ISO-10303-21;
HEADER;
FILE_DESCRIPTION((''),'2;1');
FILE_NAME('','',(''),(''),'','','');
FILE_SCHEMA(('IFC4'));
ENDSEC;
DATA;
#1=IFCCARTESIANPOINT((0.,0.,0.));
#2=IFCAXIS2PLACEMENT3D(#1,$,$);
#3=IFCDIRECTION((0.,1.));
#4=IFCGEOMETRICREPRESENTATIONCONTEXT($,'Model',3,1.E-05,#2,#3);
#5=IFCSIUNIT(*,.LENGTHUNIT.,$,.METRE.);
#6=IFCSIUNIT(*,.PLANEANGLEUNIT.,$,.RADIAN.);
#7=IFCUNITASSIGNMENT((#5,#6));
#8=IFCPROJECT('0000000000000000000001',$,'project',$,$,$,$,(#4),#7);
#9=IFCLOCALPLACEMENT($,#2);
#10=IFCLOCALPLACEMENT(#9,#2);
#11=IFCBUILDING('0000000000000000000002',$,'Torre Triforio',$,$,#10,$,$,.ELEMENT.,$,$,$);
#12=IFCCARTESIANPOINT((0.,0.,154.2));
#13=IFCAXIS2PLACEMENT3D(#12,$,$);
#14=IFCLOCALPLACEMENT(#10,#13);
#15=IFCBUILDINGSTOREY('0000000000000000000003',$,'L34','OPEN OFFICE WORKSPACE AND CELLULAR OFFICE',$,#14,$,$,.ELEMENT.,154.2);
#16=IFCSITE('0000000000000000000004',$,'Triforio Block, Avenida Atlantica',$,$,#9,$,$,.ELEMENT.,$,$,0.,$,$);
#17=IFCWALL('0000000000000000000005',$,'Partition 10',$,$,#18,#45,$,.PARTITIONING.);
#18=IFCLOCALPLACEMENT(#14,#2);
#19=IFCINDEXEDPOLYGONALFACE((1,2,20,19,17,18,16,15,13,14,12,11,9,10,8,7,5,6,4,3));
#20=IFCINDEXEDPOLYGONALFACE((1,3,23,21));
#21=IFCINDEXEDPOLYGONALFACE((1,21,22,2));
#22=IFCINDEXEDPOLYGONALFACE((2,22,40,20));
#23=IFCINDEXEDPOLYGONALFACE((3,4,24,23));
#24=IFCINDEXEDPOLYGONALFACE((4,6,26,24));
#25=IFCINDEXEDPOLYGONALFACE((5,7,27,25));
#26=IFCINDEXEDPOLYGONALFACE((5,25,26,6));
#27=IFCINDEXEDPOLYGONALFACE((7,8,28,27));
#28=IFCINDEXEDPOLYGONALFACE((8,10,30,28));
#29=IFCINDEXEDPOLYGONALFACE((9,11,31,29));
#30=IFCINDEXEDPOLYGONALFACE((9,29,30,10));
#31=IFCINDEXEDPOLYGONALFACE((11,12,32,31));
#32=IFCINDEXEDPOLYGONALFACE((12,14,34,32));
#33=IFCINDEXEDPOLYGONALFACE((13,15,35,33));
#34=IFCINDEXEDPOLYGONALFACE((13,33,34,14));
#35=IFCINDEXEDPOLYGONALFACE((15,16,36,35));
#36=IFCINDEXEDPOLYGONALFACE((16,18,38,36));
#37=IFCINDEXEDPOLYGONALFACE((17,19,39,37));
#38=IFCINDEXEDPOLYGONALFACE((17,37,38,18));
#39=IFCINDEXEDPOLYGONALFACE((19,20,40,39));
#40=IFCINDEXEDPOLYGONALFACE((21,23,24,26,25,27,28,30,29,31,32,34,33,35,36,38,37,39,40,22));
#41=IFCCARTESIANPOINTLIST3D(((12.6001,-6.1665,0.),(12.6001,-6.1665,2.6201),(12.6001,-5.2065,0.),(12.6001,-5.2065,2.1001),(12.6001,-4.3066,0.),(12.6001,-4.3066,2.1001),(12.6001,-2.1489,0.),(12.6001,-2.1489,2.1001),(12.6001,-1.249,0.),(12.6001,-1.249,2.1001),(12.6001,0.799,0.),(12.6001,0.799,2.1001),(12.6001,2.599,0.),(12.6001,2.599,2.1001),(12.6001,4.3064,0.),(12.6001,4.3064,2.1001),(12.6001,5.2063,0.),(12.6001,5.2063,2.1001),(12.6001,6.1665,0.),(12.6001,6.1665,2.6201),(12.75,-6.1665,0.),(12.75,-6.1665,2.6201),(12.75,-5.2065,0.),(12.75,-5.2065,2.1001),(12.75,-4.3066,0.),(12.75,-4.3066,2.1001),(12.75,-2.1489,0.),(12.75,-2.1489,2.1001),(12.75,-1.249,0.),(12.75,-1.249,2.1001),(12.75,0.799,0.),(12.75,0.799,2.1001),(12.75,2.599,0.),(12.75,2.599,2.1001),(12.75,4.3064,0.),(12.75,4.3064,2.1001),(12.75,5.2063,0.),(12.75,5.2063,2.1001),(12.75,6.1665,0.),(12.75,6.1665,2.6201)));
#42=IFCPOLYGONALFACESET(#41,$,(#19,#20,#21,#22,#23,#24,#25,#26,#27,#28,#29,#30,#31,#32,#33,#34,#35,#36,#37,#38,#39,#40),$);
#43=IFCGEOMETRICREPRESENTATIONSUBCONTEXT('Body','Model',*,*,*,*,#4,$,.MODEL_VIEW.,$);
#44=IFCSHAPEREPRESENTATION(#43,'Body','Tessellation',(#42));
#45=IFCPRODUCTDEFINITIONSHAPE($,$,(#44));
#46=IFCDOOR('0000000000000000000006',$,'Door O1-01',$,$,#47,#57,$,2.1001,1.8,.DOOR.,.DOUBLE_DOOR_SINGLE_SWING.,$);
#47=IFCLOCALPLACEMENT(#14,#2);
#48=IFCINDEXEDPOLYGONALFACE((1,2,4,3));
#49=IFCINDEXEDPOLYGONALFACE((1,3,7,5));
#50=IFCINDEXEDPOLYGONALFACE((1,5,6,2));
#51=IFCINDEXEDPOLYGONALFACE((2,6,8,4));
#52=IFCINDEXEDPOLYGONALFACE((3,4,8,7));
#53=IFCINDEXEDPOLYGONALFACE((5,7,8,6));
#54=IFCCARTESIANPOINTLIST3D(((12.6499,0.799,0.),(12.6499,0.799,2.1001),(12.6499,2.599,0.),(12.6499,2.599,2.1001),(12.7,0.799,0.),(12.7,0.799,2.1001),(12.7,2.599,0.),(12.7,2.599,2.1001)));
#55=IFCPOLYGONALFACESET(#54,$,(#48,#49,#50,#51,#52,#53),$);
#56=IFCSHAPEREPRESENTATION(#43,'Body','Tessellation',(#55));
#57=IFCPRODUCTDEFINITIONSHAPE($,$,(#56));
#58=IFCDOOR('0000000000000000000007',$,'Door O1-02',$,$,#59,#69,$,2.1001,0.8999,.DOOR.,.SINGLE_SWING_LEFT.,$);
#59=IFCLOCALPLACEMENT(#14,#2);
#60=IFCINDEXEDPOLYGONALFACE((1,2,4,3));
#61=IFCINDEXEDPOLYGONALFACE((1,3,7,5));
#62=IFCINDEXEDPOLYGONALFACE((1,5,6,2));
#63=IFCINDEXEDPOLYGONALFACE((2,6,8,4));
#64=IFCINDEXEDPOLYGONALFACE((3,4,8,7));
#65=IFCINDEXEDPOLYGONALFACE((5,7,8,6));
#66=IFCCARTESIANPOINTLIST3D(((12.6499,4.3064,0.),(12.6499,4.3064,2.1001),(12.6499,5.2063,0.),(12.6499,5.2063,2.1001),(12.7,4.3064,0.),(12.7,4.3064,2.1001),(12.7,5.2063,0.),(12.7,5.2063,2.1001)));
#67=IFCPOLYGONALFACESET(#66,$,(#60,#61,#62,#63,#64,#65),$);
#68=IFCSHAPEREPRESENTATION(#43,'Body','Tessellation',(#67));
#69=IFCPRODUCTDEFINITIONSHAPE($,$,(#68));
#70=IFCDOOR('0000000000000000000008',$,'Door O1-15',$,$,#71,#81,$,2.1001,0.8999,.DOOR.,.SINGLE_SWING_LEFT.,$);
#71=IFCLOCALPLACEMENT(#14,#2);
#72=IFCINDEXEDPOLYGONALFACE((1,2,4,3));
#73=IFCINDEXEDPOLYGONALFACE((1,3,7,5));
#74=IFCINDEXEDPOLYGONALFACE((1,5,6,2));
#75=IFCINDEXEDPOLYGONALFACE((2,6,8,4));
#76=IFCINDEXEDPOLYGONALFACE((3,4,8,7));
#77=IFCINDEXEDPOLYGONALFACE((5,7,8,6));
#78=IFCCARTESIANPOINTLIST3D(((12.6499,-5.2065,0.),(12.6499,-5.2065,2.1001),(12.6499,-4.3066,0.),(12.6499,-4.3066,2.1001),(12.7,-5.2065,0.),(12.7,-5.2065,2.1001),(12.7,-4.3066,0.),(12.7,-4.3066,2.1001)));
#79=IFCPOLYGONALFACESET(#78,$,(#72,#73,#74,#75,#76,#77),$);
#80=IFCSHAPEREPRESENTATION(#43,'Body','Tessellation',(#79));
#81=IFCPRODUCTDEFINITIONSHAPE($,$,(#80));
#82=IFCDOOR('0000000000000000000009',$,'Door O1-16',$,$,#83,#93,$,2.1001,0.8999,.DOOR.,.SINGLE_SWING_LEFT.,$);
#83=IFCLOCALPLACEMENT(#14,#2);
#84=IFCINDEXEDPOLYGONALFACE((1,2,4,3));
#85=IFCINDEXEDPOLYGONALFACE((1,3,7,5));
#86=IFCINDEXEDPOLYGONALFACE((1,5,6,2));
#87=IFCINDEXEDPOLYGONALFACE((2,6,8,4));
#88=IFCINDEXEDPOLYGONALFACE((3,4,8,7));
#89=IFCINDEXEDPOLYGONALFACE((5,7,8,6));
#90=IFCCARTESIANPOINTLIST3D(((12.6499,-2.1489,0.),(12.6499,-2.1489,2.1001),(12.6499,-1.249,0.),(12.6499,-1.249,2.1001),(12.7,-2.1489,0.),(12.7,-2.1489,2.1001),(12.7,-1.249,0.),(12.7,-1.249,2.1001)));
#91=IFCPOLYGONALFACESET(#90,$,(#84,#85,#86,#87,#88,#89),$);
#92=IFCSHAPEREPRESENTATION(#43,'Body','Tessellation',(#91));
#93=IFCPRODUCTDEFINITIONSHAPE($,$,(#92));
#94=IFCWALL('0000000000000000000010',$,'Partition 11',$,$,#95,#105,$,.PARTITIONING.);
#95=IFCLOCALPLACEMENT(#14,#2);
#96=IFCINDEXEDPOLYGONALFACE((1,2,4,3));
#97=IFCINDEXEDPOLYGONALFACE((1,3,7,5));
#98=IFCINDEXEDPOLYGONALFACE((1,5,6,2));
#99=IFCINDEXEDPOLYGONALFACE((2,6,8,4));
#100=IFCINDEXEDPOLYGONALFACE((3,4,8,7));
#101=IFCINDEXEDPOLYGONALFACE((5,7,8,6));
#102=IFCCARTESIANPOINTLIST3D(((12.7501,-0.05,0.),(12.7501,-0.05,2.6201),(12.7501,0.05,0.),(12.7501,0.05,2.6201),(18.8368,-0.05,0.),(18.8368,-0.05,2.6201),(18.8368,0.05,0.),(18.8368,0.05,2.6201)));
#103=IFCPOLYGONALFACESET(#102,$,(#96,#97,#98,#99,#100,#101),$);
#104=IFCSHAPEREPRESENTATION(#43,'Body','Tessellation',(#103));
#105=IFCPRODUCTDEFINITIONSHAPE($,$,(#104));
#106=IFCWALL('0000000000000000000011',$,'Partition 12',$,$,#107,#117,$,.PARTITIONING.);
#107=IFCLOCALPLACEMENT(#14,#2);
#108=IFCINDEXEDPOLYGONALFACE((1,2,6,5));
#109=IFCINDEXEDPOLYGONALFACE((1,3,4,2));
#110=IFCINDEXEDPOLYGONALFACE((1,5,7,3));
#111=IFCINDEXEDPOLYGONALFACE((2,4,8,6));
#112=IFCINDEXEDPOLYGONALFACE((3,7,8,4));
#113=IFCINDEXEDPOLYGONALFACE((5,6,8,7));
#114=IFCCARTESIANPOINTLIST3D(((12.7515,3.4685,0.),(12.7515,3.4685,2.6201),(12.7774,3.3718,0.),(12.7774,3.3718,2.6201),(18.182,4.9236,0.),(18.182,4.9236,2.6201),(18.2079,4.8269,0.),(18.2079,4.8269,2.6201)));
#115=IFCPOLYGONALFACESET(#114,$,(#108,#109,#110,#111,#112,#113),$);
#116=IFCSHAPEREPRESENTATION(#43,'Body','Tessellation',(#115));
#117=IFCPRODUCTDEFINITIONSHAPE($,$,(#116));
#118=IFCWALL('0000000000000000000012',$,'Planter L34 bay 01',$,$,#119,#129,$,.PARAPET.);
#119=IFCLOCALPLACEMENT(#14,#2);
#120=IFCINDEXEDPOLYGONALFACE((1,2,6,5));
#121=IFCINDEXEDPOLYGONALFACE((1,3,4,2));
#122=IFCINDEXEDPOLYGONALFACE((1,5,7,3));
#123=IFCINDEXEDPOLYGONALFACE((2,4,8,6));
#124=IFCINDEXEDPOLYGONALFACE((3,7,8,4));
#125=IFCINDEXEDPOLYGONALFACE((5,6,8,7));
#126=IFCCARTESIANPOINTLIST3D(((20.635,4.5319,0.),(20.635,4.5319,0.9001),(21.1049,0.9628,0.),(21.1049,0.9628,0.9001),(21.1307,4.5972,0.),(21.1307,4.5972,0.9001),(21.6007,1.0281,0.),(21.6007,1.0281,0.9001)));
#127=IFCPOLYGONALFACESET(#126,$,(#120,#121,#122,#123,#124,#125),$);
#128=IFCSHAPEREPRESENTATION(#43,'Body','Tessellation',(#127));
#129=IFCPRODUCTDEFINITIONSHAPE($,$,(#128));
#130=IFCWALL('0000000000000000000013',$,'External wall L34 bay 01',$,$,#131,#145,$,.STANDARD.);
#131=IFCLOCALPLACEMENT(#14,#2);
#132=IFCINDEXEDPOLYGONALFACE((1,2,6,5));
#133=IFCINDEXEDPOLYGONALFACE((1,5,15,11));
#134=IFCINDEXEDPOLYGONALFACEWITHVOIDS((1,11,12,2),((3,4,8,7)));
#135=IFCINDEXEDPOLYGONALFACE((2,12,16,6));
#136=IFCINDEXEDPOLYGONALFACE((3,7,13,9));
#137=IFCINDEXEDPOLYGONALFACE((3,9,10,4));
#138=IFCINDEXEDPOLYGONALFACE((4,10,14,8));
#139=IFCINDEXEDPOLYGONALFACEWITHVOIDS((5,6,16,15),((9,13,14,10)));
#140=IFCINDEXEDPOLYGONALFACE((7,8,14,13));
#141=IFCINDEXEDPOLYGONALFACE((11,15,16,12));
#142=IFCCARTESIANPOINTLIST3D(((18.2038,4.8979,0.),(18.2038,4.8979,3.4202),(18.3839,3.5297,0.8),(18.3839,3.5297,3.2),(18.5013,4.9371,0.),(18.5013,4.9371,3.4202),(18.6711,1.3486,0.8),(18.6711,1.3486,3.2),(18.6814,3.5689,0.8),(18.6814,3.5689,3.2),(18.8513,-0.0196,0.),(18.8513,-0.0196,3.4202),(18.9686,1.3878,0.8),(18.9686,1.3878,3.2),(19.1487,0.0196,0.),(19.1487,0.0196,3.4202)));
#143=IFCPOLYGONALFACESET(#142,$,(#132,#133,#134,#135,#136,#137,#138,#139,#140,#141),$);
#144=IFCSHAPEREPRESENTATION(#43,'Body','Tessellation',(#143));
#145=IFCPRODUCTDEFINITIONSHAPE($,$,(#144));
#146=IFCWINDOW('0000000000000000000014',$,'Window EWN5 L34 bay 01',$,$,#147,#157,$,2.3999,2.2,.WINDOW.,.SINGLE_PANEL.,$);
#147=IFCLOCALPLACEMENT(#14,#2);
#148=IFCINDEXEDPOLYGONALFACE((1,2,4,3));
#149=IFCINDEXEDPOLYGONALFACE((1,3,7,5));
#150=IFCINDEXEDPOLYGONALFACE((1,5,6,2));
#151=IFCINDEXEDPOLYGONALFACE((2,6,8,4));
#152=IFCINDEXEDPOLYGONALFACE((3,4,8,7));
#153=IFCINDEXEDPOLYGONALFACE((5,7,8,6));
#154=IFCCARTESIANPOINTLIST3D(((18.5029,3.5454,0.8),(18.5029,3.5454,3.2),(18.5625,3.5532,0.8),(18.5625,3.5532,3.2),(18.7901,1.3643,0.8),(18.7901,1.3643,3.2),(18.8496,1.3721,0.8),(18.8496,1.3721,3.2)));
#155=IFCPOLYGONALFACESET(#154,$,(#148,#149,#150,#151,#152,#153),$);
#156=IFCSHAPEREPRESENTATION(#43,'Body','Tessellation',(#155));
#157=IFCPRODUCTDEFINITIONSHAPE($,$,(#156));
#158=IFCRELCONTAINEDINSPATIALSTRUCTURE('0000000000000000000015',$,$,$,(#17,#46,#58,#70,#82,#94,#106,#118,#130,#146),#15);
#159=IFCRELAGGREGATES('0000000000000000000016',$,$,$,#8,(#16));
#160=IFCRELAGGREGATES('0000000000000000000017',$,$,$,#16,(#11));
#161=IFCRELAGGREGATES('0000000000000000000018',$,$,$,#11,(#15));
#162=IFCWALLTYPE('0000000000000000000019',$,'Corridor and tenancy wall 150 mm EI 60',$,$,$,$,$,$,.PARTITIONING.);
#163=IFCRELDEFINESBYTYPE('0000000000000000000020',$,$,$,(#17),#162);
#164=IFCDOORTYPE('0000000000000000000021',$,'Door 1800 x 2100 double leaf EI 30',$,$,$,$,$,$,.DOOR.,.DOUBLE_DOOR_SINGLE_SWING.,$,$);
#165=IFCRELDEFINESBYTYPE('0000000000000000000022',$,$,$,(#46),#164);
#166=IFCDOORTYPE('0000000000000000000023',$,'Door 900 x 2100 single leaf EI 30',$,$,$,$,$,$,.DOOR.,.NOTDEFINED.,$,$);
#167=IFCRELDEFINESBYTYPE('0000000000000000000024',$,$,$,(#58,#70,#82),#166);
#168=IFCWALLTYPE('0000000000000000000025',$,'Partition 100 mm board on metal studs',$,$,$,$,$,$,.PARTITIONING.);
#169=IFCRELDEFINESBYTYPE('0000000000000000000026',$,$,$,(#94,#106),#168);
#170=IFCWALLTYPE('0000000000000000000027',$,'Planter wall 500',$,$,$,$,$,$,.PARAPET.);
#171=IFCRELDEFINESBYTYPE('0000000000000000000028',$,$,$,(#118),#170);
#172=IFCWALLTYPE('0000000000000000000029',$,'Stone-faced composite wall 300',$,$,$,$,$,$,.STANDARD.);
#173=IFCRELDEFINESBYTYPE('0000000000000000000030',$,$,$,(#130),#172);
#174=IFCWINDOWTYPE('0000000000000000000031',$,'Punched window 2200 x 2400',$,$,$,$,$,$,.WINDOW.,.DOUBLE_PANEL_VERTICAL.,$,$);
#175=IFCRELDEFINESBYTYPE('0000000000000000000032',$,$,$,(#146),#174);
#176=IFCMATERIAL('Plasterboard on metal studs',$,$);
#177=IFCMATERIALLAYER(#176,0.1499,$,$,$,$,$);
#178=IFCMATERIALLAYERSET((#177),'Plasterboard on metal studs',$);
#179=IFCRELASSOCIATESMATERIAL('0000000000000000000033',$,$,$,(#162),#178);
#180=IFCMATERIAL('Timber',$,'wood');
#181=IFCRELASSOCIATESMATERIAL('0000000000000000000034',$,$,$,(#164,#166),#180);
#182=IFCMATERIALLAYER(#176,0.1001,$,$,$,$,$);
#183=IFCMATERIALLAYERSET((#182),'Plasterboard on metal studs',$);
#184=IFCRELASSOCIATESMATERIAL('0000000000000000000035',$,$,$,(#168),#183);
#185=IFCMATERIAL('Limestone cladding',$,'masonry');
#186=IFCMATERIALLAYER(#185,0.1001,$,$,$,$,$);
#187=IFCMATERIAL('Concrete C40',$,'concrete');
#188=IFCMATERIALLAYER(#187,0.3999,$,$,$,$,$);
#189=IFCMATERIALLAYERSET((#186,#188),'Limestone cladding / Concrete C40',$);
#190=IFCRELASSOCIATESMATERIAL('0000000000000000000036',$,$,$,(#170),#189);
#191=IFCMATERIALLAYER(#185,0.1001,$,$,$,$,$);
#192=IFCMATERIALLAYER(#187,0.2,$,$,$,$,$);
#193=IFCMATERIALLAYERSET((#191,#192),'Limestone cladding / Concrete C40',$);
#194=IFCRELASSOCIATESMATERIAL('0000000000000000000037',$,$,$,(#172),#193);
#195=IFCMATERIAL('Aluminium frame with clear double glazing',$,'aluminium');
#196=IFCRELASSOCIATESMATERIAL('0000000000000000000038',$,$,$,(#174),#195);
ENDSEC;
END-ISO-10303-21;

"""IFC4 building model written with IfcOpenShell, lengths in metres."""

from ifc_helpers import new_model, si_unit, direction, frame, frame_2d, origin, place, context, subcontext, project, spatial, rectangle, extrude, material, layer, layer_set, type_object, element, fill, save


model = new_model("IFC4")

# Units and contexts
model_context = context("Model", 3, precision=1e-05, world=origin(), true_north=direction((0.0, 1.0)))
body_context = subcontext(model_context, "Body", "Model", "MODEL_VIEW")
ifc_project = project(units=[si_unit("LENGTHUNIT", "METRE"), si_unit("PLANEANGLEUNIT", "RADIAN")], contexts=[model_context])

# Site, building, storey
site_placement = place(None, origin())
site = spatial("IfcSite", under=ifc_project, at=site_placement, Name="Triforio Block, Avenida Atlantica", CompositionType="ELEMENT", RefElevation=0.0)
building_placement = place(site_placement, origin())
building = spatial("IfcBuilding", under=site, at=building_placement, Name="Torre Triforio", CompositionType="ELEMENT")
storey_placement = place(building_placement, frame((0.0, 0.0, 154.2)))
storey = spatial("IfcBuildingStorey", under=building, at=storey_placement, Name="L34", Description="OPEN OFFICE WORKSPACE AND CELLULAR OFFICE", CompositionType="ELEMENT", Elevation=154.2)

# Shared definitions
ifc_material_1 = material(Name="Concrete C40", Category="concrete")

# Wall, openings, doors
ifc_material_2 = material(Name="Plasterboard on metal studs")
ifc_layer_1 = layer(ifc_material_2, 0.1499)
ifc_layer_set_1 = layer_set([ifc_layer_1], Name="Plasterboard on metal studs")
wall_type_1 = type_object("IfcWallType", Name="Corridor and tenancy wall 150 mm EI 60", PredefinedType="PARTITIONING", material=ifc_layer_set_1)
wall_1_placement = place(storey_placement, frame((12.675, 6.1665, 0.0), z_axis=(0.0, 0.0, 1.0), x_axis=(0.0, -1.0, 0.0)))
wall_1 = element("IfcWall", 1, at=wall_1_placement, inside=storey, type_object=wall_type_1, Name="Partition 10", PredefinedType="PARTITIONING", context=body_context, shape_type="SweptSolid", body=[
    extrude(rectangle(XDim=12.333, YDim=0.1499, at=frame_2d((6.1665, 0.0))), origin(), (0.0, 0.0, 1.0), 2.6201),
])
opening_1_placement = place(wall_1_placement, frame((3.5676, 0.0, 0.0)))
opening_1 = element("IfcOpeningElement", 2, at=opening_1_placement, cuts=wall_1, PredefinedType="OPENING", context=body_context, shape_type="SweptSolid", body=[
    extrude(rectangle(XDim=1.8, YDim=2.1001, at=frame_2d((0.8999, 1.05))), frame((0.0, 0.085, 0.0), z_axis=(0.0, -1.0, 0.0), x_axis=(1.0, 0.0, 0.0)), (0.0, 0.0, 1.0), 0.1699),
])
opening_2_placement = place(wall_1_placement, frame((0.9602, 0.0, 0.0)))
opening_2 = element("IfcOpeningElement", 3, at=opening_2_placement, cuts=wall_1, PredefinedType="OPENING", context=body_context, shape_type="SweptSolid", body=[
    extrude(rectangle(XDim=0.8999, YDim=2.1001, at=frame_2d((0.45, 1.05))), frame((0.0, 0.085, 0.0), z_axis=(0.0, -1.0, 0.0), x_axis=(1.0, 0.0, 0.0)), (0.0, 0.0, 1.0), 0.1699),
])
opening_3_placement = place(wall_1_placement, frame((10.4731, 0.0, 0.0)))
opening_3 = element("IfcOpeningElement", 4, at=opening_3_placement, cuts=wall_1, PredefinedType="OPENING", context=body_context, shape_type="SweptSolid", body=[
    extrude(rectangle(XDim=0.8999, YDim=2.1001, at=frame_2d((0.45, 1.05))), frame((0.0, 0.085, 0.0), z_axis=(0.0, -1.0, 0.0), x_axis=(1.0, 0.0, 0.0)), (0.0, 0.0, 1.0), 0.1699),
])
opening_4_placement = place(wall_1_placement, frame((7.4155, 0.0, 0.0)))
opening_4 = element("IfcOpeningElement", 5, at=opening_4_placement, cuts=wall_1, PredefinedType="OPENING", context=body_context, shape_type="SweptSolid", body=[
    extrude(rectangle(XDim=0.8999, YDim=2.1001, at=frame_2d((0.45, 1.05))), frame((0.0, 0.085, 0.0), z_axis=(0.0, -1.0, 0.0), x_axis=(1.0, 0.0, 0.0)), (0.0, 0.0, 1.0), 0.1699),
])
ifc_material_3 = material(Name="Timber", Category="wood")
door_type_1 = type_object("IfcDoorType", Name="Door 1800 x 2100 double leaf EI 30", OperationType="DOUBLE_DOOR_SINGLE_SWING", PredefinedType="DOOR", material=ifc_material_3)
door_1_placement = place(opening_1_placement, origin())
door_1 = element("IfcDoor", 6, at=door_1_placement, inside=storey, type_object=door_type_1, Name="Door O1-01", OperationType="DOUBLE_DOOR_SINGLE_SWING", OverallHeight=2.1001, OverallWidth=1.8, PredefinedType="DOOR", context=body_context, shape_type="SweptSolid", body=[
    extrude(rectangle(XDim=1.8, YDim=2.1001, at=frame_2d((0.8999, 1.05))), frame((0.0, 0.0249, 0.0), z_axis=(0.0, -1.0, 0.0), x_axis=(1.0, 0.0, 0.0)), (0.0, 0.0, 1.0), 0.05),
])
fill(opening_1, door_1)
door_type_2 = type_object("IfcDoorType", Name="Door 900 x 2100 single leaf EI 30", OperationType="NOTDEFINED", PredefinedType="DOOR", material=ifc_material_3)
door_2_placement = place(opening_2_placement, origin())
door_2 = element("IfcDoor", 7, at=door_2_placement, inside=storey, type_object=door_type_2, Name="Door O1-02", OperationType="SINGLE_SWING_LEFT", OverallHeight=2.1001, OverallWidth=0.8999, PredefinedType="DOOR", context=body_context, shape_type="SweptSolid", body=[
    extrude(rectangle(XDim=0.8999, YDim=2.1001, at=frame_2d((0.45, 1.05))), frame((0.0, 0.0249, 0.0), z_axis=(0.0, -1.0, 0.0), x_axis=(1.0, 0.0, 0.0)), (0.0, 0.0, 1.0), 0.05),
])
fill(opening_2, door_2)
door_3_placement = place(opening_3_placement, origin())
door_3 = element("IfcDoor", 8, at=door_3_placement, inside=storey, type_object=door_type_2, Name="Door O1-15", OperationType="SINGLE_SWING_LEFT", OverallHeight=2.1001, OverallWidth=0.8999, PredefinedType="DOOR", context=body_context, shape_type="SweptSolid", body=[
    extrude(rectangle(XDim=0.8999, YDim=2.1001, at=frame_2d((0.45, 1.05))), frame((0.0, 0.0249, 0.0), z_axis=(0.0, -1.0, 0.0), x_axis=(1.0, 0.0, 0.0)), (0.0, 0.0, 1.0), 0.05),
])
fill(opening_3, door_3)
door_4_placement = place(opening_4_placement, origin())
door_4 = element("IfcDoor", 9, at=door_4_placement, inside=storey, type_object=door_type_2, Name="Door O1-16", OperationType="SINGLE_SWING_LEFT", OverallHeight=2.1001, OverallWidth=0.8999, PredefinedType="DOOR", context=body_context, shape_type="SweptSolid", body=[
    extrude(rectangle(XDim=0.8999, YDim=2.1001, at=frame_2d((0.45, 1.05))), frame((0.0, 0.0249, 0.0), z_axis=(0.0, -1.0, 0.0), x_axis=(1.0, 0.0, 0.0)), (0.0, 0.0, 1.0), 0.05),
])
fill(opening_4, door_4)

# Walls
ifc_layer_2 = layer(ifc_material_2, 0.1001)
ifc_layer_set_2 = layer_set([ifc_layer_2], Name="Plasterboard on metal studs")
wall_type_2 = type_object("IfcWallType", Name="Partition 100 mm board on metal studs", PredefinedType="PARTITIONING", material=ifc_layer_set_2)
wall_2_placement = place(storey_placement, frame((12.75, 0.0, 0.0), z_axis=(0.0, 0.0, 1.0), x_axis=(1.0, 0.0, 0.0)))
element("IfcWall", 10, at=wall_2_placement, inside=storey, type_object=wall_type_2, Name="Partition 11", PredefinedType="PARTITIONING", context=body_context, shape_type="SweptSolid", body=[
    extrude(rectangle(XDim=6.0867, YDim=0.1001, at=frame_2d((3.0435, 0.0))), origin(), (0.0, 0.0, 1.0), 2.6201),
])
wall_3_placement = place(storey_placement, frame((12.7644, 3.4202, 0.0), z_axis=(0.0, 0.0, 1.0), x_axis=(0.965926, 0.258819, 0.0)))
element("IfcWall", 11, at=wall_3_placement, inside=storey, type_object=wall_type_2, Name="Partition 12", PredefinedType="PARTITIONING", context=body_context, shape_type="SweptSolid", body=[
    extrude(rectangle(XDim=5.6221, YDim=0.1001, at=frame_2d((2.811, 0.0))), origin(), (0.0, 0.0, 1.0), 2.6201),
])
ifc_material_4 = material(Name="Limestone cladding", Category="masonry")
ifc_layer_3 = layer(ifc_material_4, 0.1001)
ifc_layer_4 = layer(ifc_material_1, 0.3999)
ifc_layer_set_3 = layer_set([ifc_layer_3, ifc_layer_4], Name="Limestone cladding / Concrete C40")
wall_type_3 = type_object("IfcWallType", Name="Planter wall 500", PredefinedType="PARAPET", material=ifc_layer_set_3)
wall_4_placement = place(storey_placement, frame((21.3528, 0.9956, 0.0), z_axis=(0.0, 0.0, 1.0), x_axis=(-0.130551, 0.991442, 0.0)))
element("IfcWall", 12, at=wall_4_placement, inside=storey, type_object=wall_type_3, Name="Planter L34 bay 01", PredefinedType="PARAPET", context=body_context, shape_type="SweptSolid", body=[
    extrude(rectangle(XDim=3.5999, YDim=0.5, at=frame_2d((1.7998, 0.0))), origin(), (0.0, 0.0, 1.0), 0.9001),
])

# Wall, opening, window
ifc_layer_5 = layer(ifc_material_4, 0.1001)
ifc_layer_6 = layer(ifc_material_1, 0.2)
ifc_layer_set_4 = layer_set([ifc_layer_5, ifc_layer_6], Name="Limestone cladding / Concrete C40")
wall_type_4 = type_object("IfcWallType", Name="Stone-faced composite wall 300", PredefinedType="STANDARD", material=ifc_layer_set_4)
wall_5_placement = place(storey_placement, frame((19.0, 0.0, 0.0), z_axis=(0.0, 0.0, 1.0), x_axis=(-0.130539, 0.991443, 0.0)))
wall_5 = element("IfcWall", 13, at=wall_5_placement, inside=storey, type_object=wall_type_4, Name="External wall L34 bay 01", PredefinedType="STANDARD", context=body_context, shape_type="SweptSolid", body=[
    extrude(rectangle(XDim=4.96, YDim=0.3, at=frame_2d((2.48, 0.0))), origin(), (0.0, 0.0, 1.0), 3.4202),
])
opening_5_placement = place(wall_5_placement, frame((1.3799, 0.0, 0.8)))
opening_5 = element("IfcOpeningElement", 14, at=opening_5_placement, cuts=wall_5, PredefinedType="OPENING", context=body_context, shape_type="SweptSolid", body=[
    extrude(rectangle(XDim=2.2, YDim=2.3999, at=frame_2d((1.1001, 1.2))), frame((0.0, 0.1599, 0.0), z_axis=(0.0, -1.0, 0.0), x_axis=(1.0, 0.0, 0.0)), (0.0, 0.0, 1.0), 0.3201),
])
ifc_material_5 = material(Name="Aluminium frame with clear double glazing", Category="aluminium")
window_type_1 = type_object("IfcWindowType", Name="Punched window 2200 x 2400", PartitioningType="DOUBLE_PANEL_VERTICAL", PredefinedType="WINDOW", material=ifc_material_5)
window_1_placement = place(opening_5_placement, origin())
window_1 = element("IfcWindow", 15, at=window_1_placement, inside=storey, type_object=window_type_1, Name="Window EWN5 L34 bay 01", OverallHeight=2.3999, OverallWidth=2.2, PartitioningType="SINGLE_PANEL", PredefinedType="WINDOW", context=body_context, shape_type="SweptSolid", body=[
    extrude(rectangle(XDim=2.2, YDim=2.3999, at=frame_2d((1.1001, 1.2))), frame((0.0, 0.03, 0.0), z_axis=(0.0, -1.0, 0.0), x_axis=(1.0, 0.0, 0.0)), (0.0, 0.0, 1.0), 0.0601),
])
fill(opening_5, window_1)

save(model, "model.ifc")
